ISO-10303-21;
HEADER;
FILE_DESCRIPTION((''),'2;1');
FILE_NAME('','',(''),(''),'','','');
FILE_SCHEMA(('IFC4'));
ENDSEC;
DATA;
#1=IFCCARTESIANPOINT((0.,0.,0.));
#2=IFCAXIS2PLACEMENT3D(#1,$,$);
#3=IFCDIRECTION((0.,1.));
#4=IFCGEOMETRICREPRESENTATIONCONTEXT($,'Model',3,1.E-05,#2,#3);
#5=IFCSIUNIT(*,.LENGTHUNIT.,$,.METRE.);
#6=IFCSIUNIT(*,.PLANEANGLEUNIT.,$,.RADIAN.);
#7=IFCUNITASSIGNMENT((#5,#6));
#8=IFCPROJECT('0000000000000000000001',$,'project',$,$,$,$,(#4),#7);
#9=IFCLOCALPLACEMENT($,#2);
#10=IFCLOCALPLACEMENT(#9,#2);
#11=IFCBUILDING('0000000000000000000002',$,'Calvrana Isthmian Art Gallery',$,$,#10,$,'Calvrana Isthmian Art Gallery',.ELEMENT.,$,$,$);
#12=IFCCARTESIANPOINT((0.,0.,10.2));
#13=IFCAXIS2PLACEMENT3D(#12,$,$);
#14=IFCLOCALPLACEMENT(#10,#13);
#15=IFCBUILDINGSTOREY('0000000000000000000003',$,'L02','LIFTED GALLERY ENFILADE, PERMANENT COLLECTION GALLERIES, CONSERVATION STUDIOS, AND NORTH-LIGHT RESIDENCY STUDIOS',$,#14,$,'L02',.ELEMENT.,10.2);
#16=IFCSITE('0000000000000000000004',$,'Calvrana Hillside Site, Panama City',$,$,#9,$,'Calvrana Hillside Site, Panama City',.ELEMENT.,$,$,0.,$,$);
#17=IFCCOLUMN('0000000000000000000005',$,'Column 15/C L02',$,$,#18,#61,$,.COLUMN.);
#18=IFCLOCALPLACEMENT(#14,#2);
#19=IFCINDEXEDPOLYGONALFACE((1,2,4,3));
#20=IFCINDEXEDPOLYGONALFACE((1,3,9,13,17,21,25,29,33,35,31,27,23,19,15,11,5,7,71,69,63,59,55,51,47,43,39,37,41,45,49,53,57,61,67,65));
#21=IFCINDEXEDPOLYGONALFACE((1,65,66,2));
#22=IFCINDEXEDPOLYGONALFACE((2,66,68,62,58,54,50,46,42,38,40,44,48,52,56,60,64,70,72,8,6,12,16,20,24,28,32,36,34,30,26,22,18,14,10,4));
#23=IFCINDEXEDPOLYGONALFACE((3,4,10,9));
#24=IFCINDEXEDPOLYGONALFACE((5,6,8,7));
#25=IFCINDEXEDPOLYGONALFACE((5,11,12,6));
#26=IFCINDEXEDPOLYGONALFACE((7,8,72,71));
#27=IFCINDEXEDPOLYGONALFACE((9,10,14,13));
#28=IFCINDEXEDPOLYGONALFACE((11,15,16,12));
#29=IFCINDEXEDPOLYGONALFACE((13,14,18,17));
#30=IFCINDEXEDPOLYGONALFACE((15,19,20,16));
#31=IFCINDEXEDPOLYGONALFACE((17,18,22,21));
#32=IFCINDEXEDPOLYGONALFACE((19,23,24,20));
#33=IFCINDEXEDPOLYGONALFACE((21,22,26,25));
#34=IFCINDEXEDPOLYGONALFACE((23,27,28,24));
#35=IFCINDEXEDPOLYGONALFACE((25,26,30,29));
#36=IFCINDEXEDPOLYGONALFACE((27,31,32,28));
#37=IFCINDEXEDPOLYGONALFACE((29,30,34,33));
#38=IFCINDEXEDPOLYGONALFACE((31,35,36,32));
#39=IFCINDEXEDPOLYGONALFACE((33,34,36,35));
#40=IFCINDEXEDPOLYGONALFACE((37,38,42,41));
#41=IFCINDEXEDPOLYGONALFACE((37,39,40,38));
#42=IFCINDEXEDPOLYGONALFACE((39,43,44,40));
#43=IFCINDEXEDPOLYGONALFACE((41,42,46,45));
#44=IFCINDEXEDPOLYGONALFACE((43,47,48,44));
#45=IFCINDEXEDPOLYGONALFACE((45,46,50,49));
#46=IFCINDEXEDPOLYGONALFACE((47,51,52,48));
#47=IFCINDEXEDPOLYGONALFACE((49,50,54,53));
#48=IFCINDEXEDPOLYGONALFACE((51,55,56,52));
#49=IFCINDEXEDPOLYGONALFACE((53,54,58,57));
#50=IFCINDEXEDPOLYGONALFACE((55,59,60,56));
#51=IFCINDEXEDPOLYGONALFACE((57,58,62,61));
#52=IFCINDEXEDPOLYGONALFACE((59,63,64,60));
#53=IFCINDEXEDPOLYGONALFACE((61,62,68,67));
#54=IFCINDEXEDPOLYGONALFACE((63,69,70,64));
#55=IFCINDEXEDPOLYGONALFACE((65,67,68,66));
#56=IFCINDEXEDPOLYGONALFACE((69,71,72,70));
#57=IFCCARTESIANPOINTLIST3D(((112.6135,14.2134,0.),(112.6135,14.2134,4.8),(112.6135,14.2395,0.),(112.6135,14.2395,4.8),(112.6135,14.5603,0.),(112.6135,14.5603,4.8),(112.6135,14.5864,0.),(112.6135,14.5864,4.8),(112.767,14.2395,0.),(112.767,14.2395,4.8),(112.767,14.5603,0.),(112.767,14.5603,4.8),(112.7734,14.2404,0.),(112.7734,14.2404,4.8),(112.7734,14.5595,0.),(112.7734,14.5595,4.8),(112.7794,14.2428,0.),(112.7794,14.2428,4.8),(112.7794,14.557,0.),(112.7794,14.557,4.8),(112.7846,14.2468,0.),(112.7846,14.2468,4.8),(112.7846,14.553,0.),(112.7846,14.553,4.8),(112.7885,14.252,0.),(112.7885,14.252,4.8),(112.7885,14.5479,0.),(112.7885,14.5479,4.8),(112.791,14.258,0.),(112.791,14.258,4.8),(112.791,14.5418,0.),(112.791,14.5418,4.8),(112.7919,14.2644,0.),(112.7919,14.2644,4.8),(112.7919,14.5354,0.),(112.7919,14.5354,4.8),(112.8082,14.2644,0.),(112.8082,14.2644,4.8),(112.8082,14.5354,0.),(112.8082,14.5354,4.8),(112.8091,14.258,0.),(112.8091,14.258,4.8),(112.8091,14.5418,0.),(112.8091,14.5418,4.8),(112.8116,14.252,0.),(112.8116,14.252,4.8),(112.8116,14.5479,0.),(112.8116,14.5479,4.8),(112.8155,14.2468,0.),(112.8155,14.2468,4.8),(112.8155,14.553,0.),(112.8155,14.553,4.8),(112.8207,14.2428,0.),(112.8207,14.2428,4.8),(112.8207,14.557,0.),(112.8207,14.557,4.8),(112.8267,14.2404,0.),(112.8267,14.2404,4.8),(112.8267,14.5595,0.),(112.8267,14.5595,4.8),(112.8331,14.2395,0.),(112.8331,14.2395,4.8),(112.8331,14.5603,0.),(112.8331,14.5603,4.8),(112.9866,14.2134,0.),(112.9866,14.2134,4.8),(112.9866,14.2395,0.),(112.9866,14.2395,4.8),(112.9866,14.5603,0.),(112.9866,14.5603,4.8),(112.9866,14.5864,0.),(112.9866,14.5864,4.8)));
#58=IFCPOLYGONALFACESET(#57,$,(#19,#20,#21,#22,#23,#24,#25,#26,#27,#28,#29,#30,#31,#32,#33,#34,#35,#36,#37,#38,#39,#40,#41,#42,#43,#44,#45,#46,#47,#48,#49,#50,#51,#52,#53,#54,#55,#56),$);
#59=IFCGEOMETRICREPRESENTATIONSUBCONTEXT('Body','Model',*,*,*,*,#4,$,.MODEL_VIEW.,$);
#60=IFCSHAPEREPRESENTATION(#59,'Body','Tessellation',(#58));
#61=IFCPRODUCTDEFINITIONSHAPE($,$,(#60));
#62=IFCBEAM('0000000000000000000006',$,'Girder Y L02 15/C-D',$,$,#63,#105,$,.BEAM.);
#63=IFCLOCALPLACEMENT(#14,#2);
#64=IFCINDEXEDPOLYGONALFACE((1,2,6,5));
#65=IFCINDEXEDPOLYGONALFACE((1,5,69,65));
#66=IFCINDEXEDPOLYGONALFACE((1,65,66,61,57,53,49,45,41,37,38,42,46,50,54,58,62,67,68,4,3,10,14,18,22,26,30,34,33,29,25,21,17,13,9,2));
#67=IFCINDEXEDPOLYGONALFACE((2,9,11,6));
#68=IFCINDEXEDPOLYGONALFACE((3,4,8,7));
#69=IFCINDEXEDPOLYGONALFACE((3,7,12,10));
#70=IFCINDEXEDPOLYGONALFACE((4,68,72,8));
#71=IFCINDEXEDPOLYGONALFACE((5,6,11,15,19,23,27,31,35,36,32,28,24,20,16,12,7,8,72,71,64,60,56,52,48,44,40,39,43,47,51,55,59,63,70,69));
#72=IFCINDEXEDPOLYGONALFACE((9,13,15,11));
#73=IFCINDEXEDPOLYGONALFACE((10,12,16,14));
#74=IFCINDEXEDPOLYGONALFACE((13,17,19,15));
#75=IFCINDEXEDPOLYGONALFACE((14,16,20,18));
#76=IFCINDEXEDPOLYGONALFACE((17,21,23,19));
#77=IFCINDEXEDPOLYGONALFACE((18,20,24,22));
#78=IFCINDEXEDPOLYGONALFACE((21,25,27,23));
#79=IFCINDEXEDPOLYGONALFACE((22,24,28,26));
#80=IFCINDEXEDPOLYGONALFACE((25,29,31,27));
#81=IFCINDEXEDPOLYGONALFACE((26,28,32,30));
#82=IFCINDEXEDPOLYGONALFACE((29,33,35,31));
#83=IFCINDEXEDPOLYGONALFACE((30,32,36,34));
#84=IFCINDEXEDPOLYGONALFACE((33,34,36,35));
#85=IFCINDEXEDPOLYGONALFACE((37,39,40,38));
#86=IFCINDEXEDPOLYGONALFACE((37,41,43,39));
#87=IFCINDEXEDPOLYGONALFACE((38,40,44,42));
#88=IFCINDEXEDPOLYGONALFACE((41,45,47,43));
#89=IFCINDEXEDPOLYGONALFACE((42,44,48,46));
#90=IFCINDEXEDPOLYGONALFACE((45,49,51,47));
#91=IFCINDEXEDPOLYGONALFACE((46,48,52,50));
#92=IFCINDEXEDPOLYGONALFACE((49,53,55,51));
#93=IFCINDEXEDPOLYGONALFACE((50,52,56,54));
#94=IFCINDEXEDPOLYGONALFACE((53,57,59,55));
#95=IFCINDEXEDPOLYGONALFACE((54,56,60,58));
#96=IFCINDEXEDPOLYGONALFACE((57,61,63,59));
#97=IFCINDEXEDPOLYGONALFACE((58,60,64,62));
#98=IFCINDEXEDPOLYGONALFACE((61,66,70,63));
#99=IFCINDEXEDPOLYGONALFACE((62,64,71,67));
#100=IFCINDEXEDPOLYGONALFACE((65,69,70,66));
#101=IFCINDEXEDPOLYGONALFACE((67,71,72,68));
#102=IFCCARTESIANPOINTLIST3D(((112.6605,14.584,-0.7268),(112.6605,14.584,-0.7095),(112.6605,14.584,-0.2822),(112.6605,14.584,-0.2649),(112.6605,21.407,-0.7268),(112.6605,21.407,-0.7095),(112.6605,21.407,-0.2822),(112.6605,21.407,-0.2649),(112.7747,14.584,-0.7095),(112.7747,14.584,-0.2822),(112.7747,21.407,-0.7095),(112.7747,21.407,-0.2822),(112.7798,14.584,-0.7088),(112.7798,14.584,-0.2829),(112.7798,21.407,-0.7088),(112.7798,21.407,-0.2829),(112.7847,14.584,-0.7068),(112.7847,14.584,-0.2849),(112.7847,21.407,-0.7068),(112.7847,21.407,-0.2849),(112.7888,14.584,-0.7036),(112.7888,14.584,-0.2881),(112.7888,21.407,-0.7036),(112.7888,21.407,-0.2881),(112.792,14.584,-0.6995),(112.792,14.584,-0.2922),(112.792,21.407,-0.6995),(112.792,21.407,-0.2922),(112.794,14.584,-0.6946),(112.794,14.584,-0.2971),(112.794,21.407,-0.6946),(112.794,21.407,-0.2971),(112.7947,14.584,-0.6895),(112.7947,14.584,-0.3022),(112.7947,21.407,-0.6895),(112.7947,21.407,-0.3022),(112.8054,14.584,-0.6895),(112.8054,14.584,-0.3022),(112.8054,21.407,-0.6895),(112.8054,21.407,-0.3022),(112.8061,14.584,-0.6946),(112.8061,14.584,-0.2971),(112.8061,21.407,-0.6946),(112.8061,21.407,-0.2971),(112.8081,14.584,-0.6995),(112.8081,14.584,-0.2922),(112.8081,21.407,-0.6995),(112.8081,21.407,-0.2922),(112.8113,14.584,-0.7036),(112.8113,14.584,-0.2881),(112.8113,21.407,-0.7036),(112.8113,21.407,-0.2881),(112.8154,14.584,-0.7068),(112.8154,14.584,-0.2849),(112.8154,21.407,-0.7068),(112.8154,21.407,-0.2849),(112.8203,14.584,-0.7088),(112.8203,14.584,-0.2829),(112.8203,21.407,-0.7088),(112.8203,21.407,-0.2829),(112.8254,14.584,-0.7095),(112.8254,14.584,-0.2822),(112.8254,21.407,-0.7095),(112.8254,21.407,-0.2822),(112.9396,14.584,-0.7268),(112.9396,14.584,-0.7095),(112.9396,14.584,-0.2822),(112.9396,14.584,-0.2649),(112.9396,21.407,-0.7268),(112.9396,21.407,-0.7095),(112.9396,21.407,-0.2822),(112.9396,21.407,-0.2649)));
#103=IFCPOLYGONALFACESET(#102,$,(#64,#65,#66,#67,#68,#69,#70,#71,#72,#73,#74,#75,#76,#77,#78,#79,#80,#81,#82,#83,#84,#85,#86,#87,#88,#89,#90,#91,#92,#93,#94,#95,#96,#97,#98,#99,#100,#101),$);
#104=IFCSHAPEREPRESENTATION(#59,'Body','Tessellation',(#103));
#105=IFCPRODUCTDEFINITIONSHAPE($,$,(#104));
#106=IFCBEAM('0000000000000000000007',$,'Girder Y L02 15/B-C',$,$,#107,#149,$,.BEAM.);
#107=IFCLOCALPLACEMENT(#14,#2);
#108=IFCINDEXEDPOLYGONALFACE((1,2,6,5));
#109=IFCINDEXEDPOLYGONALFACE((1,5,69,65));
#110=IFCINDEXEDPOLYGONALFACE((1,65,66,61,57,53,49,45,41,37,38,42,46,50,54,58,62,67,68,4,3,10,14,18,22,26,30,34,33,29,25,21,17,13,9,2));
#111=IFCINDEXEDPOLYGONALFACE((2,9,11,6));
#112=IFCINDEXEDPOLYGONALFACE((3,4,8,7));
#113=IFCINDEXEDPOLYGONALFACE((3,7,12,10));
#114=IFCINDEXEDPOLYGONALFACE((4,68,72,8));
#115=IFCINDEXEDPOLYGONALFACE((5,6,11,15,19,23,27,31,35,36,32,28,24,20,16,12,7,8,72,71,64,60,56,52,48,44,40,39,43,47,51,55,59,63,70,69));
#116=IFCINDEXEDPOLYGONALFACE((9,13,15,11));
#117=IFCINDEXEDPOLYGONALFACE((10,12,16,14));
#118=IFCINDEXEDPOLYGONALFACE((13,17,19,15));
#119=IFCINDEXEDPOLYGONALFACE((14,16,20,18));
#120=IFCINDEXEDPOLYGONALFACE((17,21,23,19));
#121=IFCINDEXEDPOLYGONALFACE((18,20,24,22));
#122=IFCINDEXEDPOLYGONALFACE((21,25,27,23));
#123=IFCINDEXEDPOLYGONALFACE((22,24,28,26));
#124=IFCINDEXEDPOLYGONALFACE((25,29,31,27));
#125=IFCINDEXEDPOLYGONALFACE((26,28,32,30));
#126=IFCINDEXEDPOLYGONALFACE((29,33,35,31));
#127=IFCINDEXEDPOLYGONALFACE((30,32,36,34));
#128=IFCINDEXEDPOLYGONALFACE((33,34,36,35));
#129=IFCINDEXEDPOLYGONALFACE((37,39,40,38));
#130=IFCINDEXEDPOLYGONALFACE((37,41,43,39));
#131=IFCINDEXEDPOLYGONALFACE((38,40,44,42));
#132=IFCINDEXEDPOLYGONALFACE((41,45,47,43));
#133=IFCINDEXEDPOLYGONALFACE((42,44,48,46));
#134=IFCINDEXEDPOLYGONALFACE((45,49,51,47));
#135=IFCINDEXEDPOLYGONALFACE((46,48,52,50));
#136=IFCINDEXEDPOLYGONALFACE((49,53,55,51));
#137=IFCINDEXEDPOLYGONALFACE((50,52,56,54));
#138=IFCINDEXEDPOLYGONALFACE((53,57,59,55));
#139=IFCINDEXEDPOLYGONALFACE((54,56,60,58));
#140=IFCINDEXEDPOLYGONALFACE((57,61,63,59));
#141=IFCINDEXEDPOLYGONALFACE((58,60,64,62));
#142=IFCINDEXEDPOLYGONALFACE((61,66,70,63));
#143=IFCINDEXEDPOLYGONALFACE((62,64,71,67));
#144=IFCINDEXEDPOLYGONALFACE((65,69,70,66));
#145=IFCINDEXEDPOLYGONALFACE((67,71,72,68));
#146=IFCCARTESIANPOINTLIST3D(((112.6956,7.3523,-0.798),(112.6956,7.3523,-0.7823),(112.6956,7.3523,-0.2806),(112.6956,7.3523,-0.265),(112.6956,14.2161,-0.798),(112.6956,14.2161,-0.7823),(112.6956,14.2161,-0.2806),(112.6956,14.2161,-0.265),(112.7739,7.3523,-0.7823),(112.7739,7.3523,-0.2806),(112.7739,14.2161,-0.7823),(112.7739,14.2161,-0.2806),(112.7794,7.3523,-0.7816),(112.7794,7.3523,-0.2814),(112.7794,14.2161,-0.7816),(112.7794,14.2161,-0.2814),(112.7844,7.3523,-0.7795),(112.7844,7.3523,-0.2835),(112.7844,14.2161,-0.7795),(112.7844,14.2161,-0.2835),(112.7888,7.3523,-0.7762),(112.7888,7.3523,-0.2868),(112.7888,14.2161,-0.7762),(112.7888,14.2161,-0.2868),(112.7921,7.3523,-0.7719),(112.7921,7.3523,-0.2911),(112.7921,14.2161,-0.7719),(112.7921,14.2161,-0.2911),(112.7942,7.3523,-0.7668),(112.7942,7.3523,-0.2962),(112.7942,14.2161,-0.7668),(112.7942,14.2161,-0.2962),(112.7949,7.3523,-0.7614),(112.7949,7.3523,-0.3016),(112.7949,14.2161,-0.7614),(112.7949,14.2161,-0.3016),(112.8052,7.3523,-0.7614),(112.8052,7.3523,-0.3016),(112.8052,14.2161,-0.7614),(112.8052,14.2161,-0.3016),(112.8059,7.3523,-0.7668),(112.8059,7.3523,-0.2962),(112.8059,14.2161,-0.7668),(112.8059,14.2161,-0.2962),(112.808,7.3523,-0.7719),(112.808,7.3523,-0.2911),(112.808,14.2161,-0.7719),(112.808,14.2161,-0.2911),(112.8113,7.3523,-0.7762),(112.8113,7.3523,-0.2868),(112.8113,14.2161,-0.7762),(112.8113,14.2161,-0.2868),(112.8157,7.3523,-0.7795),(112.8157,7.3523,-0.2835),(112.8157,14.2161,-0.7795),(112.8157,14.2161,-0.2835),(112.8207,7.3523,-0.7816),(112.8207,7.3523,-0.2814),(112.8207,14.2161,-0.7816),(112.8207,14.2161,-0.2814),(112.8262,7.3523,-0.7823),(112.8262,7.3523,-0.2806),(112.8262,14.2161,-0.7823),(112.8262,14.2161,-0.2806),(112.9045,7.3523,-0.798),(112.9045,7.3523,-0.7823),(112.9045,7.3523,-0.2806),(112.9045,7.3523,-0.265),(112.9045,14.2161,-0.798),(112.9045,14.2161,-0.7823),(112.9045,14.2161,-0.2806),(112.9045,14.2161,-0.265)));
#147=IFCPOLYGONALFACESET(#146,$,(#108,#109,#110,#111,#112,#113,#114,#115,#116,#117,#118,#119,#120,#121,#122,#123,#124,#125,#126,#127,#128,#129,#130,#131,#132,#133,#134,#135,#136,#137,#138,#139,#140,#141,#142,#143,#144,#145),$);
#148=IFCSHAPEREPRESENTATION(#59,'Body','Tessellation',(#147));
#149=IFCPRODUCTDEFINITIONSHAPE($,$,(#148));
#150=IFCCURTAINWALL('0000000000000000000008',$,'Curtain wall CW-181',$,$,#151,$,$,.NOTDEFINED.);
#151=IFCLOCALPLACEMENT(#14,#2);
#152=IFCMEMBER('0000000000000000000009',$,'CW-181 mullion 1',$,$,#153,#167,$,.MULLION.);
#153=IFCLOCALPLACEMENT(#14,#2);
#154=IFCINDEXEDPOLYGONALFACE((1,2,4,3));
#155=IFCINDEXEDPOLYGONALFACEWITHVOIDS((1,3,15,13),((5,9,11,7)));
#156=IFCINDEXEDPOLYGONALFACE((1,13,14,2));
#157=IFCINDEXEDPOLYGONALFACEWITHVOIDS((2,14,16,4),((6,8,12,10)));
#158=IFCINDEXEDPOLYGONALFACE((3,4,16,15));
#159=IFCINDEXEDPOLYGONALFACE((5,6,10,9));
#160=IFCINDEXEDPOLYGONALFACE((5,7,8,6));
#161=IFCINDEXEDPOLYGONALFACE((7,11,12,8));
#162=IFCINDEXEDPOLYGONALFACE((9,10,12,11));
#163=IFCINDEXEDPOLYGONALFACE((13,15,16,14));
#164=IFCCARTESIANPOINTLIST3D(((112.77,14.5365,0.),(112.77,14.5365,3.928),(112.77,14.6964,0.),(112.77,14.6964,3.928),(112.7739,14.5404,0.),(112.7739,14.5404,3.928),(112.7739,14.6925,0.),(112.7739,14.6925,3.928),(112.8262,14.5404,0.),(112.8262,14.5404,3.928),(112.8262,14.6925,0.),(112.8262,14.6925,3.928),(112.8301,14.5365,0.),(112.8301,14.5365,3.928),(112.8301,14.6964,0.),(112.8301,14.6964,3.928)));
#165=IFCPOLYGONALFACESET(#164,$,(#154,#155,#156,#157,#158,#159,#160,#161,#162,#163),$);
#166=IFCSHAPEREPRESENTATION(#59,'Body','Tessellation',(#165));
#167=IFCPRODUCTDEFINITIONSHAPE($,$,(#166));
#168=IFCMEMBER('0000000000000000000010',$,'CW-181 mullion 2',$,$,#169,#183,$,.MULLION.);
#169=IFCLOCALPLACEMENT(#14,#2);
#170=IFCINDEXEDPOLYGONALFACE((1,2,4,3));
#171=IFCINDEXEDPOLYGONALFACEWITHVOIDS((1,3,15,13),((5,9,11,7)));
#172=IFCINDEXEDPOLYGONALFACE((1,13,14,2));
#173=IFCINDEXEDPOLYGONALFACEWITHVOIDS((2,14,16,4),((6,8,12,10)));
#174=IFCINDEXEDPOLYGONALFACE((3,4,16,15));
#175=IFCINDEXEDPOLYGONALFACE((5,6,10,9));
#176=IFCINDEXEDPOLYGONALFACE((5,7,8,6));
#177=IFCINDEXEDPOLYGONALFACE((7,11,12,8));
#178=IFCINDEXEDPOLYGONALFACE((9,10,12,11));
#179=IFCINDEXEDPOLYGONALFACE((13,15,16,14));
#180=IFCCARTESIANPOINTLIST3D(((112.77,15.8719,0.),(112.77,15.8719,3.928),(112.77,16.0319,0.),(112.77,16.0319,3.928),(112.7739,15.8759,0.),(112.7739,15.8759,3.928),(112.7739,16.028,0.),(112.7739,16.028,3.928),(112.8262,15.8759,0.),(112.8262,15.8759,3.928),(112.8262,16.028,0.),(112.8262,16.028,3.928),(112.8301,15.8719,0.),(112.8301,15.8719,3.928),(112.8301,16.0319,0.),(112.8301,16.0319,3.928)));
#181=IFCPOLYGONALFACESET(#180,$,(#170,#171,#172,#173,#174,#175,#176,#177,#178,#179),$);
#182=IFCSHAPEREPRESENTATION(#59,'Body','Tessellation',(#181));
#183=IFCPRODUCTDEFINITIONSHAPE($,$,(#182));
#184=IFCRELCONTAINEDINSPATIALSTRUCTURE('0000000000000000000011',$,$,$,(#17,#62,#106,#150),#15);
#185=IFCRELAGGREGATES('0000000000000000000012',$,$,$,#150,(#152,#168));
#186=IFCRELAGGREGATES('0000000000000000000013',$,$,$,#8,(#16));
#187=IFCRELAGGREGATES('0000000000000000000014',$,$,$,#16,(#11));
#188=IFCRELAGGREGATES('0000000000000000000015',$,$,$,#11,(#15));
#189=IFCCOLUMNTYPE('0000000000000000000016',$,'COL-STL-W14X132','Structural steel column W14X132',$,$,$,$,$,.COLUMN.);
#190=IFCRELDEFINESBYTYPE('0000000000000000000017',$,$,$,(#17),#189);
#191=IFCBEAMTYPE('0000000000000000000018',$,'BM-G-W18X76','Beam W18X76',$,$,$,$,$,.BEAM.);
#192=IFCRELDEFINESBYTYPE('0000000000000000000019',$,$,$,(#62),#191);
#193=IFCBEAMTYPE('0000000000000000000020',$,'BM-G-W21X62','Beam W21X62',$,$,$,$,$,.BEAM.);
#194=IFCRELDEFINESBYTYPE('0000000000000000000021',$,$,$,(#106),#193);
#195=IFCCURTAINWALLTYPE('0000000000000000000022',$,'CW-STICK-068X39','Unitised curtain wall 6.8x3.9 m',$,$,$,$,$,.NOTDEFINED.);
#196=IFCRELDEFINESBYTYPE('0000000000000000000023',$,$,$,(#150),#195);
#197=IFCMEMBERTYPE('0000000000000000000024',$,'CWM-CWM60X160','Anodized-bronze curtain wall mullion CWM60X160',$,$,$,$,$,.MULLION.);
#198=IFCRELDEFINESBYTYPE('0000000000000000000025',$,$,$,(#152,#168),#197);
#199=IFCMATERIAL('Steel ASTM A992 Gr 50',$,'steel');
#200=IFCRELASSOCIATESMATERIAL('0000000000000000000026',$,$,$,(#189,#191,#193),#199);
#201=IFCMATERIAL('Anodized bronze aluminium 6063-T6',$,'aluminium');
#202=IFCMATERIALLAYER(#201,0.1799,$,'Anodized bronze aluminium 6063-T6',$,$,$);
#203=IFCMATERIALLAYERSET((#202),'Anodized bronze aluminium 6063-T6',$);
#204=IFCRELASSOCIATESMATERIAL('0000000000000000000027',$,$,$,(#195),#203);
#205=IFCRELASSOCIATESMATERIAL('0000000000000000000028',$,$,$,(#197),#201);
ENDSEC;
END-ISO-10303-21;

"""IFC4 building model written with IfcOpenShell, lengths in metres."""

from ifc_helpers import new_model, si_unit, direction, frame, origin, origin_2d, place, context, subcontext, project, spatial, hollow_rectangle, i_section, extrude, material, layer, layer_set, material_profile, profile_set, type_object, element, aggregate, save


model = new_model("IFC4")

# Units and contexts
model_context = context("Model", 3, precision=1e-05, world=origin(), true_north=direction((0.0, 1.0)))
body_context = subcontext(model_context, "Body", "Model", "MODEL_VIEW")
ifc_project = project(units=[si_unit("LENGTHUNIT", "METRE"), si_unit("PLANEANGLEUNIT", "RADIAN")], contexts=[model_context])

# Site, building, storey
site_placement = place(None, origin())
site = spatial("IfcSite", under=ifc_project, at=site_placement, Name="Calvrana Hillside Site, Panama City", LongName="Calvrana Hillside Site, Panama City", CompositionType="ELEMENT", RefElevation=0.0)
building_placement = place(site_placement, origin())
building = spatial("IfcBuilding", under=site, at=building_placement, Name="Calvrana Isthmian Art Gallery", LongName="Calvrana Isthmian Art Gallery", CompositionType="ELEMENT")
storey_placement = place(building_placement, frame((0.0, 0.0, 10.2)))
storey = spatial("IfcBuildingStorey", under=building, at=storey_placement, Name="L02", Description="LIFTED GALLERY ENFILADE, PERMANENT COLLECTION GALLERIES, CONSERVATION STUDIOS, AND NORTH-LIGHT RESIDENCY STUDIOS", LongName="L02", CompositionType="ELEMENT", Elevation=10.2)

# Column
ifc_material_1 = material(Name="Steel ASTM A992 Gr 50", Category="steel")
ifc_material_profile_1 = material_profile(ifc_material_1, i_section(OverallWidth=0.373, OverallDepth=0.373, WebThickness=0.0164, FlangeThickness=0.0261, FilletRadius=0.0249, at=origin_2d()), Name="W14X132")
ifc_profile_set_1 = profile_set([ifc_material_profile_1], Name="Steel ASTM A992 Gr 50")
column_type = type_object("IfcColumnType", Name="COL-STL-W14X132", Description="Structural steel column W14X132", PredefinedType="COLUMN", material=ifc_profile_set_1)
column_placement = place(storey_placement, frame((112.8, 14.3999, 0.0), z_axis=(0.0, 0.0, 1.0), x_axis=(1.0, 0.0, 0.0)))
element("IfcColumn", 1, at=column_placement, inside=storey, type_object=column_type, Name="Column 15/C L02", PredefinedType="COLUMN", context=body_context, shape_type="SweptSolid", body=[
    extrude(i_section(OverallWidth=0.373, OverallDepth=0.373, WebThickness=0.0164, FlangeThickness=0.0261, FilletRadius=0.0249, at=origin_2d()), origin(), (0.0, 0.0, 1.0), 4.8),
])

# Beams
ifc_material_profile_2 = material_profile(ifc_material_1, i_section(OverallWidth=0.2791, OverallDepth=0.4619, WebThickness=0.0107, FlangeThickness=0.0173, FilletRadius=0.02, at=origin_2d()), Name="W18X76")
ifc_profile_set_2 = profile_set([ifc_material_profile_2], Name="Steel ASTM A992 Gr 50")
beam_type_1 = type_object("IfcBeamType", Name="BM-G-W18X76", Description="Beam W18X76", PredefinedType="BEAM", material=ifc_profile_set_2)
beam_1_placement = place(storey_placement, frame((112.8, 14.584, -0.4958), z_axis=(0.0, 1.0, 0.0), x_axis=(-1.0, 0.0, 0.0)))
element("IfcBeam", 2, at=beam_1_placement, inside=storey, type_object=beam_type_1, Name="Girder Y L02 15/C-D", PredefinedType="BEAM", context=body_context, shape_type="SweptSolid", body=[
    extrude(i_section(OverallWidth=0.2791, OverallDepth=0.4619, WebThickness=0.0107, FlangeThickness=0.0173, FilletRadius=0.02, at=origin_2d()), origin(), (0.0, 0.0, 1.0), 6.823),
])
ifc_material_profile_3 = material_profile(ifc_material_1, i_section(OverallWidth=0.209, OverallDepth=0.533, WebThickness=0.0103, FlangeThickness=0.0156, FilletRadius=0.021, at=origin_2d()), Name="W21X62")
ifc_profile_set_3 = profile_set([ifc_material_profile_3], Name="Steel ASTM A992 Gr 50")
beam_type_2 = type_object("IfcBeamType", Name="BM-G-W21X62", Description="Beam W21X62", PredefinedType="BEAM", material=ifc_profile_set_3)
beam_2_placement = place(storey_placement, frame((112.8, 7.3523, -0.5315), z_axis=(0.0, 1.0, 0.0), x_axis=(-1.0, 0.0, 0.0)))
element("IfcBeam", 3, at=beam_2_placement, inside=storey, type_object=beam_type_2, Name="Girder Y L02 15/B-C", PredefinedType="BEAM", context=body_context, shape_type="SweptSolid", body=[
    extrude(i_section(OverallWidth=0.209, OverallDepth=0.533, WebThickness=0.0103, FlangeThickness=0.0156, FilletRadius=0.021, at=origin_2d()), origin(), (0.0, 0.0, 1.0), 6.8638),
])

# Curtain wall, members
ifc_material_2 = material(Name="Anodized bronze aluminium 6063-T6", Category="aluminium")
ifc_layer_1 = layer(ifc_material_2, 0.1799, Name="Anodized bronze aluminium 6063-T6")
ifc_layer_set_1 = layer_set([ifc_layer_1], Name="Anodized bronze aluminium 6063-T6")
curtain_wall_type = type_object("IfcCurtainWallType", Name="CW-STICK-068X39", Description="Unitised curtain wall 6.8x3.9 m", PredefinedType="NOTDEFINED", material=ifc_layer_set_1)
curtain_wall_placement = place(storey_placement, origin())
curtain_wall = element("IfcCurtainWall", 4, at=curtain_wall_placement, inside=storey, type_object=curtain_wall_type, Name="Curtain wall CW-181", PredefinedType="NOTDEFINED")
ifc_material_profile_4 = material_profile(ifc_material_2, hollow_rectangle(XDim=0.0601, YDim=0.1599, WallThickness=0.0039, at=origin_2d()), Name="CWM60X160")
ifc_profile_set_4 = profile_set([ifc_material_profile_4], Name="Anodized bronze aluminium 6063-T6")
member_type_1 = type_object("IfcMemberType", Name="CWM-CWM60X160", Description="Anodized-bronze curtain wall mullion CWM60X160", PredefinedType="MULLION", material=ifc_profile_set_4)
member_1_placement = place(storey_placement, frame((112.8, 14.6165, 0.0), z_axis=(0.0, 0.0, 1.0), x_axis=(-1.0, 0.0, 0.0)))
member_1 = element("IfcMember", 5, at=member_1_placement, type_object=member_type_1, Name="CW-181 mullion 1", PredefinedType="MULLION", context=body_context, shape_type="SweptSolid", body=[
    extrude(hollow_rectangle(XDim=0.0601, YDim=0.1599, WallThickness=0.0039, at=origin_2d()), origin(), (0.0, 0.0, 1.0), 3.928),
])
member_2_placement = place(storey_placement, frame((112.8, 15.9519, 0.0), z_axis=(0.0, 0.0, 1.0), x_axis=(-1.0, 0.0, 0.0)))
member_2 = element("IfcMember", 6, at=member_2_placement, type_object=member_type_1, Name="CW-181 mullion 2", PredefinedType="MULLION", context=body_context, shape_type="SweptSolid", body=[
    extrude(hollow_rectangle(XDim=0.0601, YDim=0.1599, WallThickness=0.0039, at=origin_2d()), origin(), (0.0, 0.0, 1.0), 3.928),
])
aggregate(curtain_wall, [member_1, member_2])

save(model, "model.ifc")
